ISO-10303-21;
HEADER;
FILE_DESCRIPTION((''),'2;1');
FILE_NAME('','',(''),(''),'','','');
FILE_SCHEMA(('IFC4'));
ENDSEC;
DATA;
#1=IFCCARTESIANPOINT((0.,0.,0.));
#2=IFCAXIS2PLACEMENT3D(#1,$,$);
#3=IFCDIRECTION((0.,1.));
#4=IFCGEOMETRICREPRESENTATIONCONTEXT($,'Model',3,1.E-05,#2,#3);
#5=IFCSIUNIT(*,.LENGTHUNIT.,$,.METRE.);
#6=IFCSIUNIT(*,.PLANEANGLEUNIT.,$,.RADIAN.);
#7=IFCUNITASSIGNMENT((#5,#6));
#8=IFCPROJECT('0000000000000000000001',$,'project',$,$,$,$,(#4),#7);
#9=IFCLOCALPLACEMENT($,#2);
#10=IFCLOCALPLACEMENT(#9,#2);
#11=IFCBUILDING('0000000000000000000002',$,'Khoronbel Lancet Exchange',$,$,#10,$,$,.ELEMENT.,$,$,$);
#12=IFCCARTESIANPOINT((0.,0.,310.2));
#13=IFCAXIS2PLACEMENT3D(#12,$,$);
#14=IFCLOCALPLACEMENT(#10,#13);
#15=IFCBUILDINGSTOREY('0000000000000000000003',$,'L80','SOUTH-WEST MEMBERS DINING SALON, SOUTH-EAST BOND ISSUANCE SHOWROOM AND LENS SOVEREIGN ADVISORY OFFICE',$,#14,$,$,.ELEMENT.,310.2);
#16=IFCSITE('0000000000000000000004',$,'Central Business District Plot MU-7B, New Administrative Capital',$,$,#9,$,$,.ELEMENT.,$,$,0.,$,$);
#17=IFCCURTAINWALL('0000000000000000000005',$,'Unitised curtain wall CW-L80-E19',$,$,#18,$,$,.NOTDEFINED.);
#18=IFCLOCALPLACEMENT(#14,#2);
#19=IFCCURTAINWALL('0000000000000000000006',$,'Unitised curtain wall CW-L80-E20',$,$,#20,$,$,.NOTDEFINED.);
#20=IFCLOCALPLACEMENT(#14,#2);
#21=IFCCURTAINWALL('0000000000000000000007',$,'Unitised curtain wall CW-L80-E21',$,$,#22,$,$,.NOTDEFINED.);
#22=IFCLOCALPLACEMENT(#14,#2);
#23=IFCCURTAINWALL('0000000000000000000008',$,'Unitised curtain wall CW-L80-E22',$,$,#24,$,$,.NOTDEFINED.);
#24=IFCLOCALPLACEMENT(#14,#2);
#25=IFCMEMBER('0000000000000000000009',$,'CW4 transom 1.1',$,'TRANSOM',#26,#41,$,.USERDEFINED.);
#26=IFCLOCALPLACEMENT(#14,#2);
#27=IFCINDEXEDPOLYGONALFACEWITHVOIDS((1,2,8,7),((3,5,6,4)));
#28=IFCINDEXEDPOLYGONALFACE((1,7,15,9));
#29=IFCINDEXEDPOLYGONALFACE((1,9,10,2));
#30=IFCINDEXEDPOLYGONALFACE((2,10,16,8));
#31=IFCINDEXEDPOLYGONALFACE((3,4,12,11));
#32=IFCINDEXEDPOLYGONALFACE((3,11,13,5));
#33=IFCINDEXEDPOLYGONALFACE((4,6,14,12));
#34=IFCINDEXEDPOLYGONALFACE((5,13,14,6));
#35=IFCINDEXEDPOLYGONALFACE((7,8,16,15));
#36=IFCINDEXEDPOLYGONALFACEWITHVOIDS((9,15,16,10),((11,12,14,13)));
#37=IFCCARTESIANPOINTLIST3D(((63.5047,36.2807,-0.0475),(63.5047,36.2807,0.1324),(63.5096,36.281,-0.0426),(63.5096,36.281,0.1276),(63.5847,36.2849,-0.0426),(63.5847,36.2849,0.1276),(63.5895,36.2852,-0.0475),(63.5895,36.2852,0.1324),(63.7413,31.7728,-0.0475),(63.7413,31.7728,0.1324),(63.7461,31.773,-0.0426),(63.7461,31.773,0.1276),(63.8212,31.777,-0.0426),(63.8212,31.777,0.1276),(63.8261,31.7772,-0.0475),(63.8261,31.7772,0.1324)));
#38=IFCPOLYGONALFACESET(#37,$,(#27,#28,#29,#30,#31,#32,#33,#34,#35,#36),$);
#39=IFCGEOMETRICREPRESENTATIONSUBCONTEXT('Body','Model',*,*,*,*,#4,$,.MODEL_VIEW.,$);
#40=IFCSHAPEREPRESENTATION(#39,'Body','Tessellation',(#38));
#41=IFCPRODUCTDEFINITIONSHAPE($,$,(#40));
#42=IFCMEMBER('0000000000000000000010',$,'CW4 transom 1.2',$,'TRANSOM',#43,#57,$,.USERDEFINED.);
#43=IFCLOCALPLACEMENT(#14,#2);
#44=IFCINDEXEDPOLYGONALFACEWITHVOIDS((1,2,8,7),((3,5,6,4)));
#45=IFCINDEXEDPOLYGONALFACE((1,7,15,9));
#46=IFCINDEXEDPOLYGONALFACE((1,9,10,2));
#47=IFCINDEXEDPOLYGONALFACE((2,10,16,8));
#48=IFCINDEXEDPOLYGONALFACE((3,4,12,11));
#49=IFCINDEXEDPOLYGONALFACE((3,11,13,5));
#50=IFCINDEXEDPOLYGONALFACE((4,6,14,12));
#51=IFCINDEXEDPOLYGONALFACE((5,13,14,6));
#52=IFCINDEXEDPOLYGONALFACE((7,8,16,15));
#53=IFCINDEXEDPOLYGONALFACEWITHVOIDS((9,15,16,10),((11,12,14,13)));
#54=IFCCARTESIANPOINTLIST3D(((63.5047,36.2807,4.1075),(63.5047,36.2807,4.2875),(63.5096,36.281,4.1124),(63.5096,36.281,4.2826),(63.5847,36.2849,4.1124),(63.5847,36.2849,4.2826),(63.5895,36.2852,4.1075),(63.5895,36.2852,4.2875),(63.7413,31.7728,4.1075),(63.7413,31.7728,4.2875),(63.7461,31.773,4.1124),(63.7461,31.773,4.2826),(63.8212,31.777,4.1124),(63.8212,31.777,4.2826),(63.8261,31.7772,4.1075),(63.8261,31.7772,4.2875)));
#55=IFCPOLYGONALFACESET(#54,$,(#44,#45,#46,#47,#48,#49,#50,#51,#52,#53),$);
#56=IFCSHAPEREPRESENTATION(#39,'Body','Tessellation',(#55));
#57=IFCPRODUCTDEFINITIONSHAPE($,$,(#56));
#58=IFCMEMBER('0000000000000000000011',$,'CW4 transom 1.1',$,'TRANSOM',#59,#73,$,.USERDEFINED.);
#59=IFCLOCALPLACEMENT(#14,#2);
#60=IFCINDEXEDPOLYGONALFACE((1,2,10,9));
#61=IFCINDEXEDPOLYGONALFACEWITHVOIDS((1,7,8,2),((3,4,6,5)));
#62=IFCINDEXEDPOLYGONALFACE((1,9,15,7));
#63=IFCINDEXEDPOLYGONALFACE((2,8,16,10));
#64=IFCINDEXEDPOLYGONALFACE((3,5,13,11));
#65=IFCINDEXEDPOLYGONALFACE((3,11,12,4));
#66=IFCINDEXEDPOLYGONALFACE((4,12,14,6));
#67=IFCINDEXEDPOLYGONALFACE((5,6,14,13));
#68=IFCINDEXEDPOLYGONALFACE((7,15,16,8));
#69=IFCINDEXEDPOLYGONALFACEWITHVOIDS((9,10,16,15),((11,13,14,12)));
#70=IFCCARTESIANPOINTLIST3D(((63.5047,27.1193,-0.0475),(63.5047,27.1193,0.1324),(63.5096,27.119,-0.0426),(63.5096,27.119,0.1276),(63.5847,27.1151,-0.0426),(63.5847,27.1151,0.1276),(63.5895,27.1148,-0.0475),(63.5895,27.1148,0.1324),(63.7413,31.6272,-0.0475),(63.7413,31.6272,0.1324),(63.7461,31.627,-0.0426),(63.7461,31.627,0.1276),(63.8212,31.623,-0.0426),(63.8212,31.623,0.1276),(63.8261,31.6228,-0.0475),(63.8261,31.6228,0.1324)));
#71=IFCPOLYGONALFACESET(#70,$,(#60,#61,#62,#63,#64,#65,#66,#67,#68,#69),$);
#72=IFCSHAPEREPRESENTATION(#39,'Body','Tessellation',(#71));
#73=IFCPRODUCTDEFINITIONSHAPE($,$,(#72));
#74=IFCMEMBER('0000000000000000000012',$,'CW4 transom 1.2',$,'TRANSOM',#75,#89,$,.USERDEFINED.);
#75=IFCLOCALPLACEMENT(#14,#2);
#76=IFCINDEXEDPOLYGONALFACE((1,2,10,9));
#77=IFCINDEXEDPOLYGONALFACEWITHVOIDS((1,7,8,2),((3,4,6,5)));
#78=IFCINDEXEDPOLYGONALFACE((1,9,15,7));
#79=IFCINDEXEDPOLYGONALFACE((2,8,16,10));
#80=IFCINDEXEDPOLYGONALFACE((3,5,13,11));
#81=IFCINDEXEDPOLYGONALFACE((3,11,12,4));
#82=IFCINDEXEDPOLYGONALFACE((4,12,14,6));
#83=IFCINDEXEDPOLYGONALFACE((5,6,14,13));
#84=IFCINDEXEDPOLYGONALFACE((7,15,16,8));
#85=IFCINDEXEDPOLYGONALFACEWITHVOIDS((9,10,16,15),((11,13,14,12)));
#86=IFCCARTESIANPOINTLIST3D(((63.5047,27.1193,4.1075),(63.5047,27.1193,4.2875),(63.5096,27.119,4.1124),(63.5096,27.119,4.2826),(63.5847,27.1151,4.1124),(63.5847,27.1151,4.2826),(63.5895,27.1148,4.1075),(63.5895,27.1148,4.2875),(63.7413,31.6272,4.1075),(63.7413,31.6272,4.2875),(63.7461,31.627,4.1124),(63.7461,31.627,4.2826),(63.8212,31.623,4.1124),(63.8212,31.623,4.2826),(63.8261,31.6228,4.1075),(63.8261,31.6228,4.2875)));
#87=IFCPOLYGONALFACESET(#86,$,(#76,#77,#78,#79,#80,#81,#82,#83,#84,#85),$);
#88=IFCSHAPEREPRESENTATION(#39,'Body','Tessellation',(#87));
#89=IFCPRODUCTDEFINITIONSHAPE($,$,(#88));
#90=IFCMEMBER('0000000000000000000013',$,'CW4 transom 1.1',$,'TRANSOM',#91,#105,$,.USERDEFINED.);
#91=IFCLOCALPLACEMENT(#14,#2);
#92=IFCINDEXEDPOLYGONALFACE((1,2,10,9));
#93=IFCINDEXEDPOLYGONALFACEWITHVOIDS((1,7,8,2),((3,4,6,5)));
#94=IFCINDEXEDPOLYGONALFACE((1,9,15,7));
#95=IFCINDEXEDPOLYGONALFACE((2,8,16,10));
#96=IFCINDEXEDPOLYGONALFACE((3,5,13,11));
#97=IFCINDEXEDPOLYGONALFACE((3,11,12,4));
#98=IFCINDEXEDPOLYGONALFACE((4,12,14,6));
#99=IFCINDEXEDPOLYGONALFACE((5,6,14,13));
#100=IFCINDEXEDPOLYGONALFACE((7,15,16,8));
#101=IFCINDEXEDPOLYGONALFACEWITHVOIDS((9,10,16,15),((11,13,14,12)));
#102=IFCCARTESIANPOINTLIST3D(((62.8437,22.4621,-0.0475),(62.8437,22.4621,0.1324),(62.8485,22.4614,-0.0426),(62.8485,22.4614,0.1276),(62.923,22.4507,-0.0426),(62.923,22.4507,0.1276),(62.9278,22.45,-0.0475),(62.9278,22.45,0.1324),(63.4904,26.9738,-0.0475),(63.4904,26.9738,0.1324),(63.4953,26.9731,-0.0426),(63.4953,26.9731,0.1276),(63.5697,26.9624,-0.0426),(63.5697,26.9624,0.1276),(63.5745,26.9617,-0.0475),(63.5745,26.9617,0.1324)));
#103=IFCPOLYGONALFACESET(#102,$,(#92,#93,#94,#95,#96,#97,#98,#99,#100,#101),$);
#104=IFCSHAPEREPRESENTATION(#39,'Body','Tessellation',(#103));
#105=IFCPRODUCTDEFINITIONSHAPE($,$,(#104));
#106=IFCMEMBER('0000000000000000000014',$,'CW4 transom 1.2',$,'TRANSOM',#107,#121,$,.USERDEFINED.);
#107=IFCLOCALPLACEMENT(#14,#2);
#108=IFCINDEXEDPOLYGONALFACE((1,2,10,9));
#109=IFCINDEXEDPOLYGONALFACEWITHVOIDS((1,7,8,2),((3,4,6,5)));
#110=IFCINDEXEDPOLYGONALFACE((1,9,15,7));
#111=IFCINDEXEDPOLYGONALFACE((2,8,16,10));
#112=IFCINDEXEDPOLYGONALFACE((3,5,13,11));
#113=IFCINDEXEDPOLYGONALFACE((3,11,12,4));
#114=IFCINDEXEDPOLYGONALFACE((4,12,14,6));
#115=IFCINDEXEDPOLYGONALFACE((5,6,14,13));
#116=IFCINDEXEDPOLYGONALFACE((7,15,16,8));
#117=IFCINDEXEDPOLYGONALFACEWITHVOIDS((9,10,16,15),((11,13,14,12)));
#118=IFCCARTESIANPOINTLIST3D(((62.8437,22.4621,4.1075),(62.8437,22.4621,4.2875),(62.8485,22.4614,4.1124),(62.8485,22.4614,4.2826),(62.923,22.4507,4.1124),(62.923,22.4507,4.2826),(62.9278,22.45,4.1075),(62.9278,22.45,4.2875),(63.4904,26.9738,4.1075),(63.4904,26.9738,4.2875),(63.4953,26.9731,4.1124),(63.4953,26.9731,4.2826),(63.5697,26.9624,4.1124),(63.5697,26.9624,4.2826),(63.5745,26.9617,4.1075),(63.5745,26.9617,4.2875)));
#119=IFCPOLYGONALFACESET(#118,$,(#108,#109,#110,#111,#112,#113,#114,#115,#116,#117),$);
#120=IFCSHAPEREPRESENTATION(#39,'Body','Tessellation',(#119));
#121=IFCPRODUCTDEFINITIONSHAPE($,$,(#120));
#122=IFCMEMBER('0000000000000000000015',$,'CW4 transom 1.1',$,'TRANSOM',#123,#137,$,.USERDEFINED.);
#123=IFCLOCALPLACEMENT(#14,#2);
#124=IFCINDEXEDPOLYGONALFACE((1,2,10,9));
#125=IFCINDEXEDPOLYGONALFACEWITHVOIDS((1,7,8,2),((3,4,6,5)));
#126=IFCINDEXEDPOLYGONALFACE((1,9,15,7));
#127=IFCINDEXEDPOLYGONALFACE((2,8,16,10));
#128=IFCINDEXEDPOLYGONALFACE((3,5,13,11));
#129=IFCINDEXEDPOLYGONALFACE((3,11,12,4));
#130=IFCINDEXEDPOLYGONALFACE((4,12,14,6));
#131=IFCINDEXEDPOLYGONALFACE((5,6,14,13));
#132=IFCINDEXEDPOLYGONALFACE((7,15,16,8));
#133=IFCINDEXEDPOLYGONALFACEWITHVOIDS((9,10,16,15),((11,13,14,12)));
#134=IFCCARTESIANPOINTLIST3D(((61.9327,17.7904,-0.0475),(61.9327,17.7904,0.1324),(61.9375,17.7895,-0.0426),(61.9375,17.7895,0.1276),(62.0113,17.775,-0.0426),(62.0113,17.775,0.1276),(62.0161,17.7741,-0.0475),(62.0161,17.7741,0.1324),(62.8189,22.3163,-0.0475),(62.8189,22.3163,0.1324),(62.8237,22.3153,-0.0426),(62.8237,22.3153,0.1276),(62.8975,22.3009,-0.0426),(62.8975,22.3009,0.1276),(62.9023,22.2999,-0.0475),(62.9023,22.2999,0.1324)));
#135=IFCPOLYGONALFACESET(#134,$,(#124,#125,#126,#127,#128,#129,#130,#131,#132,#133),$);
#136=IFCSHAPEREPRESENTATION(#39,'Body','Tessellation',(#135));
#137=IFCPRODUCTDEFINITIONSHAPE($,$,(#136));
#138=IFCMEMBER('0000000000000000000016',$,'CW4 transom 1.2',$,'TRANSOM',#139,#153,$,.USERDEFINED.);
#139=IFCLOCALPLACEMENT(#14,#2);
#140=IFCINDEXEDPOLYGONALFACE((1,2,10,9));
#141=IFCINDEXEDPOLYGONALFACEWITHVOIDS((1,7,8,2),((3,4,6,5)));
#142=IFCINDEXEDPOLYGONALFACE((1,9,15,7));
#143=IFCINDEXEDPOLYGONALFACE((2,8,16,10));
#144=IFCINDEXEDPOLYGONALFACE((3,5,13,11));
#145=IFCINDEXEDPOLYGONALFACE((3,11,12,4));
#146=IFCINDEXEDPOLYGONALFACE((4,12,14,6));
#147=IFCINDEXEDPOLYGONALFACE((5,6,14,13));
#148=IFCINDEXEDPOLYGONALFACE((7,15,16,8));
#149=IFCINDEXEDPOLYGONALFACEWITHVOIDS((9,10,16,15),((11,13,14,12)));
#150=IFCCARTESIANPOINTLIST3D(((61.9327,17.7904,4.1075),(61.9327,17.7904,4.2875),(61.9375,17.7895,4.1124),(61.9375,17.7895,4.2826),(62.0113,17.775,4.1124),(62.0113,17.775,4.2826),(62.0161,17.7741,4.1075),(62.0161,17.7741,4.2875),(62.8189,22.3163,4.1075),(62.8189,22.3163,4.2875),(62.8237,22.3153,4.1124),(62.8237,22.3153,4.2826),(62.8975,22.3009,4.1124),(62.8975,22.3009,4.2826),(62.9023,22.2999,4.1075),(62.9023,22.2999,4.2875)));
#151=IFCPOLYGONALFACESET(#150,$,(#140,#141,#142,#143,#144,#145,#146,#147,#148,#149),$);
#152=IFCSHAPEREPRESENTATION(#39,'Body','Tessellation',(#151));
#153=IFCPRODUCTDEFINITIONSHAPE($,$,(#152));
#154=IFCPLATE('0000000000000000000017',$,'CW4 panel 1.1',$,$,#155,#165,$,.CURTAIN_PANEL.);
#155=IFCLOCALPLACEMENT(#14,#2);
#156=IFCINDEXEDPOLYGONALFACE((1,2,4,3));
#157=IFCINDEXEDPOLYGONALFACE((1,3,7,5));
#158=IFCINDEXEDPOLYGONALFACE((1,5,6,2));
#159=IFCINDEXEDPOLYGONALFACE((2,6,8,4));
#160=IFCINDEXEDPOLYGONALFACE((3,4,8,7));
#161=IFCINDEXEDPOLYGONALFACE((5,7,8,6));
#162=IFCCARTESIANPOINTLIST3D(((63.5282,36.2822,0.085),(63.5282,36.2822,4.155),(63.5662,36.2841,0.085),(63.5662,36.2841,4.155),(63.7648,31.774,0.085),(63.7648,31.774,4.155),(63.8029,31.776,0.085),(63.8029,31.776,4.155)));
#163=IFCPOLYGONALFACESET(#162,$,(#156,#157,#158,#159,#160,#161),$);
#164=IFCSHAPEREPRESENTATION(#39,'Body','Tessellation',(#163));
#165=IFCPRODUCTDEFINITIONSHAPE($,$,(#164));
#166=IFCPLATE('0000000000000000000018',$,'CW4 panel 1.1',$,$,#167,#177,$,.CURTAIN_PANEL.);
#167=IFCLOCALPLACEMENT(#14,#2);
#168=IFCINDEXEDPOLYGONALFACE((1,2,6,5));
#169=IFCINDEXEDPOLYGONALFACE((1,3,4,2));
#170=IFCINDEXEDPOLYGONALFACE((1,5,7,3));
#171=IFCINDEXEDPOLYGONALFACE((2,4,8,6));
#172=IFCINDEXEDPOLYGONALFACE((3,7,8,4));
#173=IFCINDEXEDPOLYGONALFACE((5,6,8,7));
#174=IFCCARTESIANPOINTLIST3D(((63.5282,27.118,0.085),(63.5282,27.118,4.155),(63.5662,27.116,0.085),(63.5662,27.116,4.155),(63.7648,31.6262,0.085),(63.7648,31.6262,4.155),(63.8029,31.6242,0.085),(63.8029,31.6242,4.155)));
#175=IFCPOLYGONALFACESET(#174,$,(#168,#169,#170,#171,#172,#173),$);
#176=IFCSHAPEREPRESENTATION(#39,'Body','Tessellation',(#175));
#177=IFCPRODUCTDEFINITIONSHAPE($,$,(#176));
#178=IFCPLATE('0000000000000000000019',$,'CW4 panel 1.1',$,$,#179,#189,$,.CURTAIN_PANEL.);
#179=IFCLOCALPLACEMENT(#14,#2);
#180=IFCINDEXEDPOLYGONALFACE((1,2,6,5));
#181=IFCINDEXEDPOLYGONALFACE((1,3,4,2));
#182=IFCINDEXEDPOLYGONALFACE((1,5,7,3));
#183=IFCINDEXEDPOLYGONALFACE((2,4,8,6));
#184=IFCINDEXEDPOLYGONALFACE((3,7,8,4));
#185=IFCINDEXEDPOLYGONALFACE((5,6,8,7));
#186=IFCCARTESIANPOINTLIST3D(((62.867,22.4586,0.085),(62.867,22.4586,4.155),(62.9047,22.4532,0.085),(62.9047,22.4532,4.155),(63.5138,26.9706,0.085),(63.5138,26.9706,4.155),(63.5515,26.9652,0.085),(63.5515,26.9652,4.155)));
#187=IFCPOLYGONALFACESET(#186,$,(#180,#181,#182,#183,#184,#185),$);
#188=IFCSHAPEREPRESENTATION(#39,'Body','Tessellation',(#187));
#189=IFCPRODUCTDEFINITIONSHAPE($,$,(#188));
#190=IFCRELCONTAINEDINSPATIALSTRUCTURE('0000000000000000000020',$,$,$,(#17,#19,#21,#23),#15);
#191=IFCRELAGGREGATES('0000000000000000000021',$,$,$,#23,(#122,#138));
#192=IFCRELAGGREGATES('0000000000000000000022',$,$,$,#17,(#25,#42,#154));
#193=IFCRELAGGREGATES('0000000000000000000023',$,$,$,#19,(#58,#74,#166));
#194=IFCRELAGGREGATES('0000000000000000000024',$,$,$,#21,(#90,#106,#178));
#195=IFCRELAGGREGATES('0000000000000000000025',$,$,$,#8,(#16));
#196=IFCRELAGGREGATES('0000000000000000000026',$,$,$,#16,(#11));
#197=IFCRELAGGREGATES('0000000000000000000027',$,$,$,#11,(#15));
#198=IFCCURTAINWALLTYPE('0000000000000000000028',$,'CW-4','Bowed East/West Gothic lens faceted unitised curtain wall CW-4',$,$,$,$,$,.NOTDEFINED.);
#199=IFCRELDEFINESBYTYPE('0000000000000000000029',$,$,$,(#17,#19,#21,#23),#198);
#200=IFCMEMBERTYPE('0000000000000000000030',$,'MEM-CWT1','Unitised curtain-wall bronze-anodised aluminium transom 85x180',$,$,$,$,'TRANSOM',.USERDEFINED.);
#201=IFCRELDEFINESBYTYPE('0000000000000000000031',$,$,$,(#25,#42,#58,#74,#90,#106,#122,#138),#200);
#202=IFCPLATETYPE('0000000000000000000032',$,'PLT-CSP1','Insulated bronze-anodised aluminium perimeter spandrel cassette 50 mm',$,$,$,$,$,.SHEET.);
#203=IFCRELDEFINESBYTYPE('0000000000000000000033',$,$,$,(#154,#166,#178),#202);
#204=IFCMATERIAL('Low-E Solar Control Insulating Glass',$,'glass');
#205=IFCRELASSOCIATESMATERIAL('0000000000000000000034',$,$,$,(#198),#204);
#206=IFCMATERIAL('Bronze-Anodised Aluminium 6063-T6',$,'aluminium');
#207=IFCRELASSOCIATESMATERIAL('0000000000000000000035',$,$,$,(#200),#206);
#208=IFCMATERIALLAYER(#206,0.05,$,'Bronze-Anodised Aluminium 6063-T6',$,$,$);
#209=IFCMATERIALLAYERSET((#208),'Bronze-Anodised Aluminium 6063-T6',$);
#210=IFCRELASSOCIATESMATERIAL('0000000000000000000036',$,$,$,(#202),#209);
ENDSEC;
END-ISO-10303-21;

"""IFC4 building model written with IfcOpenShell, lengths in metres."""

from ifc_helpers import new_model, si_unit, direction, frame, origin, origin_2d, place, context, subcontext, project, spatial, rectangle, hollow_rectangle, extrude, material, layer, layer_set, material_profile, profile_set, type_object, element, aggregate, save


model = new_model("IFC4")

# Units and contexts
model_context = context("Model", 3, precision=1e-05, world=origin(), true_north=direction((0.0, 1.0)))
body_context = subcontext(model_context, "Body", "Model", "MODEL_VIEW")
ifc_project = project(units=[si_unit("LENGTHUNIT", "METRE"), si_unit("PLANEANGLEUNIT", "RADIAN")], contexts=[model_context])

# Site, building, storey
site_placement = place(None, origin())
site = spatial("IfcSite", under=ifc_project, at=site_placement, Name="Central Business District Plot MU-7B, New Administrative Capital", CompositionType="ELEMENT", RefElevation=0.0)
building_placement = place(site_placement, origin())
building = spatial("IfcBuilding", under=site, at=building_placement, Name="Khoronbel Lancet Exchange", CompositionType="ELEMENT")
storey_placement = place(building_placement, frame((0.0, 0.0, 310.2)))
storey = spatial("IfcBuildingStorey", under=building, at=storey_placement, Name="L80", Description="SOUTH-WEST MEMBERS DINING SALON, SOUTH-EAST BOND ISSUANCE SHOWROOM AND LENS SOVEREIGN ADVISORY OFFICE", CompositionType="ELEMENT", Elevation=310.2)

# Shared definitions
ifc_material_1 = material(Name="Low-E Solar Control Insulating Glass", Category="glass")
curtain_wall_type = type_object("IfcCurtainWallType", Name="CW-4", Description="Bowed East/West Gothic lens faceted unitised curtain wall CW-4", PredefinedType="NOTDEFINED", material=ifc_material_1)
ifc_material_2 = material(Name="Bronze-Anodised Aluminium 6063-T6", Category="aluminium")

# Curtain walls
curtain_wall_1_placement = place(storey_placement, origin())
curtain_wall_1 = element("IfcCurtainWall", 1, at=curtain_wall_1_placement, inside=storey, type_object=curtain_wall_type, Name="Unitised curtain wall CW-L80-E19", PredefinedType="NOTDEFINED")
curtain_wall_2_placement = place(storey_placement, origin())
curtain_wall_2 = element("IfcCurtainWall", 2, at=curtain_wall_2_placement, inside=storey, type_object=curtain_wall_type, Name="Unitised curtain wall CW-L80-E20", PredefinedType="NOTDEFINED")
curtain_wall_3_placement = place(storey_placement, origin())
curtain_wall_3 = element("IfcCurtainWall", 3, at=curtain_wall_3_placement, inside=storey, type_object=curtain_wall_type, Name="Unitised curtain wall CW-L80-E21", PredefinedType="NOTDEFINED")

# Curtain wall
curtain_wall_4_placement = place(storey_placement, origin())
curtain_wall_4 = element("IfcCurtainWall", 4, at=curtain_wall_4_placement, inside=storey, type_object=curtain_wall_type, Name="Unitised curtain wall CW-L80-E22", PredefinedType="NOTDEFINED")

# Members
ifc_material_profile_1 = material_profile(ifc_material_2, hollow_rectangle(XDim=0.085, YDim=0.1799, WallThickness=0.0049, at=origin_2d()), Name="ALU TRANSOM 85x180")
ifc_profile_set_1 = profile_set([ifc_material_profile_1], Name="Bronze-Anodised Aluminium 6063-T6")
member_type_1 = type_object("IfcMemberType", Name="MEM-CWT1", Description="Unitised curtain-wall bronze-anodised aluminium transom 85x180", ElementType="TRANSOM", PredefinedType="USERDEFINED", material=ifc_profile_set_1)
member_1_placement = place(storey_placement, frame((63.5471, 36.283, 0.0425), z_axis=(0.052406, -0.998626, 0.0), x_axis=(0.998626, 0.052406, 0.0)))
member_1 = element("IfcMember", 5, at=member_1_placement, type_object=member_type_1, Name="CW4 transom 1.1", ObjectType="TRANSOM", PredefinedType="USERDEFINED", context=body_context, shape_type="SweptSolid", body=[
    extrude(hollow_rectangle(XDim=0.085, YDim=0.1799, WallThickness=0.0049, at=origin_2d()), origin(), (0.0, 0.0, 1.0), 4.5142),
])
member_2_placement = place(storey_placement, frame((63.5471, 36.283, 4.1975), z_axis=(0.052406, -0.998626, 0.0), x_axis=(0.998626, 0.052406, 0.0)))
member_2 = element("IfcMember", 6, at=member_2_placement, type_object=member_type_1, Name="CW4 transom 1.2", ObjectType="TRANSOM", PredefinedType="USERDEFINED", context=body_context, shape_type="SweptSolid", body=[
    extrude(hollow_rectangle(XDim=0.085, YDim=0.1799, WallThickness=0.0049, at=origin_2d()), origin(), (0.0, 0.0, 1.0), 4.5142),
])
member_3_placement = place(storey_placement, frame((63.7837, 31.625, 0.0425), z_axis=(-0.052406, -0.998626, 0.0), x_axis=(0.998626, -0.052406, 0.0)))
member_3 = element("IfcMember", 7, at=member_3_placement, type_object=member_type_1, Name="CW4 transom 1.1", ObjectType="TRANSOM", PredefinedType="USERDEFINED", context=body_context, shape_type="SweptSolid", body=[
    extrude(hollow_rectangle(XDim=0.085, YDim=0.1799, WallThickness=0.0049, at=origin_2d()), origin(), (0.0, 0.0, 1.0), 4.5142),
])
member_4_placement = place(storey_placement, frame((63.7837, 31.625, 4.1975), z_axis=(-0.052406, -0.998626, 0.0), x_axis=(0.998626, -0.052406, 0.0)))
member_4 = element("IfcMember", 8, at=member_4_placement, type_object=member_type_1, Name="CW4 transom 1.2", ObjectType="TRANSOM", PredefinedType="USERDEFINED", context=body_context, shape_type="SweptSolid", body=[
    extrude(hollow_rectangle(XDim=0.085, YDim=0.1799, WallThickness=0.0049, at=origin_2d()), origin(), (0.0, 0.0, 1.0), 4.5142),
])
member_5_placement = place(storey_placement, frame((63.5325, 26.9678, 0.0425), z_axis=(-0.141894, -0.989882, 0.0), x_axis=(0.989882, -0.141894, 0.0)))
member_5 = element("IfcMember", 9, at=member_5_placement, type_object=member_type_1, Name="CW4 transom 1.1", ObjectType="TRANSOM", PredefinedType="USERDEFINED", context=body_context, shape_type="SweptSolid", body=[
    extrude(hollow_rectangle(XDim=0.085, YDim=0.1799, WallThickness=0.0049, at=origin_2d()), origin(), (0.0, 0.0, 1.0), 4.5579),
])
member_6_placement = place(storey_placement, frame((63.5325, 26.9678, 4.1975), z_axis=(-0.141894, -0.989882, 0.0), x_axis=(0.989882, -0.141894, 0.0)))
member_6 = element("IfcMember", 10, at=member_6_placement, type_object=member_type_1, Name="CW4 transom 1.2", ObjectType="TRANSOM", PredefinedType="USERDEFINED", context=body_context, shape_type="SweptSolid", body=[
    extrude(hollow_rectangle(XDim=0.085, YDim=0.1799, WallThickness=0.0049, at=origin_2d()), origin(), (0.0, 0.0, 1.0), 4.5579),
])
member_7_placement = place(storey_placement, frame((62.8606, 22.3081, 0.0425), z_axis=(-0.192165, -0.981363, 0.0), x_axis=(0.981363, -0.192165, 0.0)))
member_7 = element("IfcMember", 11, at=member_7_placement, type_object=member_type_1, Name="CW4 transom 1.1", ObjectType="TRANSOM", PredefinedType="USERDEFINED", context=body_context, shape_type="SweptSolid", body=[
    extrude(hollow_rectangle(XDim=0.085, YDim=0.1799, WallThickness=0.0049, at=origin_2d()), origin(), (0.0, 0.0, 1.0), 4.6118),
])
member_8_placement = place(storey_placement, frame((62.8606, 22.3081, 4.1975), z_axis=(-0.192165, -0.981363, 0.0), x_axis=(0.981363, -0.192165, 0.0)))
member_8 = element("IfcMember", 12, at=member_8_placement, type_object=member_type_1, Name="CW4 transom 1.2", ObjectType="TRANSOM", PredefinedType="USERDEFINED", context=body_context, shape_type="SweptSolid", body=[
    extrude(hollow_rectangle(XDim=0.085, YDim=0.1799, WallThickness=0.0049, at=origin_2d()), origin(), (0.0, 0.0, 1.0), 4.6118),
])
aggregate(curtain_wall_4, [member_7, member_8])

# Plates
ifc_layer_1 = layer(ifc_material_2, 0.05, Name="Bronze-Anodised Aluminium 6063-T6")
ifc_layer_set_1 = layer_set([ifc_layer_1], Name="Bronze-Anodised Aluminium 6063-T6")
plate_type_1 = type_object("IfcPlateType", Name="PLT-CSP1", Description="Insulated bronze-anodised aluminium perimeter spandrel cassette 50 mm", PredefinedType="SHEET", material=ifc_layer_set_1)
plate_1_placement = place(storey_placement, frame((63.6655, 34.0291, 0.085), z_axis=(0.0, 0.0, 1.0), x_axis=(0.052419, -0.998625, 0.0)))
plate_1 = element("IfcPlate", 13, at=plate_1_placement, type_object=plate_type_1, Name="CW4 panel 1.1", PredefinedType="CURTAIN_PANEL", context=body_context, shape_type="SweptSolid", body=[
    extrude(rectangle(XDim=4.5144, YDim=0.0381, at=origin_2d()), origin(), (0.0, 0.0, 1.0), 4.0701),
])
aggregate(curtain_wall_1, [member_1, member_2, plate_1])
plate_2_placement = place(storey_placement, frame((63.6655, 29.3711, 0.085), z_axis=(0.0, 0.0, 1.0), x_axis=(-0.052419, -0.998625, 0.0)))
plate_2 = element("IfcPlate", 14, at=plate_2_placement, type_object=plate_type_1, Name="CW4 panel 1.1", PredefinedType="CURTAIN_PANEL", context=body_context, shape_type="SweptSolid", body=[
    extrude(rectangle(XDim=4.5144, YDim=0.0381, at=origin_2d()), origin(), (0.0, 0.0, 1.0), 4.0701),
])
aggregate(curtain_wall_2, [member_3, member_4, plate_2])
plate_3_placement = place(storey_placement, frame((63.2092, 24.7119, 0.085), z_axis=(0.0, 0.0, 1.0), x_axis=(-0.141906, -0.98988, 0.0)))
plate_3 = element("IfcPlate", 15, at=plate_3_placement, type_object=plate_type_1, Name="CW4 panel 1.1", PredefinedType="CURTAIN_PANEL", context=body_context, shape_type="SweptSolid", body=[
    extrude(rectangle(XDim=4.5581, YDim=0.0381, at=origin_2d()), origin(), (0.0, 0.0, 1.0), 4.0701),
])
aggregate(curtain_wall_3, [member_5, member_6, plate_3])

save(model, "model.ifc")
